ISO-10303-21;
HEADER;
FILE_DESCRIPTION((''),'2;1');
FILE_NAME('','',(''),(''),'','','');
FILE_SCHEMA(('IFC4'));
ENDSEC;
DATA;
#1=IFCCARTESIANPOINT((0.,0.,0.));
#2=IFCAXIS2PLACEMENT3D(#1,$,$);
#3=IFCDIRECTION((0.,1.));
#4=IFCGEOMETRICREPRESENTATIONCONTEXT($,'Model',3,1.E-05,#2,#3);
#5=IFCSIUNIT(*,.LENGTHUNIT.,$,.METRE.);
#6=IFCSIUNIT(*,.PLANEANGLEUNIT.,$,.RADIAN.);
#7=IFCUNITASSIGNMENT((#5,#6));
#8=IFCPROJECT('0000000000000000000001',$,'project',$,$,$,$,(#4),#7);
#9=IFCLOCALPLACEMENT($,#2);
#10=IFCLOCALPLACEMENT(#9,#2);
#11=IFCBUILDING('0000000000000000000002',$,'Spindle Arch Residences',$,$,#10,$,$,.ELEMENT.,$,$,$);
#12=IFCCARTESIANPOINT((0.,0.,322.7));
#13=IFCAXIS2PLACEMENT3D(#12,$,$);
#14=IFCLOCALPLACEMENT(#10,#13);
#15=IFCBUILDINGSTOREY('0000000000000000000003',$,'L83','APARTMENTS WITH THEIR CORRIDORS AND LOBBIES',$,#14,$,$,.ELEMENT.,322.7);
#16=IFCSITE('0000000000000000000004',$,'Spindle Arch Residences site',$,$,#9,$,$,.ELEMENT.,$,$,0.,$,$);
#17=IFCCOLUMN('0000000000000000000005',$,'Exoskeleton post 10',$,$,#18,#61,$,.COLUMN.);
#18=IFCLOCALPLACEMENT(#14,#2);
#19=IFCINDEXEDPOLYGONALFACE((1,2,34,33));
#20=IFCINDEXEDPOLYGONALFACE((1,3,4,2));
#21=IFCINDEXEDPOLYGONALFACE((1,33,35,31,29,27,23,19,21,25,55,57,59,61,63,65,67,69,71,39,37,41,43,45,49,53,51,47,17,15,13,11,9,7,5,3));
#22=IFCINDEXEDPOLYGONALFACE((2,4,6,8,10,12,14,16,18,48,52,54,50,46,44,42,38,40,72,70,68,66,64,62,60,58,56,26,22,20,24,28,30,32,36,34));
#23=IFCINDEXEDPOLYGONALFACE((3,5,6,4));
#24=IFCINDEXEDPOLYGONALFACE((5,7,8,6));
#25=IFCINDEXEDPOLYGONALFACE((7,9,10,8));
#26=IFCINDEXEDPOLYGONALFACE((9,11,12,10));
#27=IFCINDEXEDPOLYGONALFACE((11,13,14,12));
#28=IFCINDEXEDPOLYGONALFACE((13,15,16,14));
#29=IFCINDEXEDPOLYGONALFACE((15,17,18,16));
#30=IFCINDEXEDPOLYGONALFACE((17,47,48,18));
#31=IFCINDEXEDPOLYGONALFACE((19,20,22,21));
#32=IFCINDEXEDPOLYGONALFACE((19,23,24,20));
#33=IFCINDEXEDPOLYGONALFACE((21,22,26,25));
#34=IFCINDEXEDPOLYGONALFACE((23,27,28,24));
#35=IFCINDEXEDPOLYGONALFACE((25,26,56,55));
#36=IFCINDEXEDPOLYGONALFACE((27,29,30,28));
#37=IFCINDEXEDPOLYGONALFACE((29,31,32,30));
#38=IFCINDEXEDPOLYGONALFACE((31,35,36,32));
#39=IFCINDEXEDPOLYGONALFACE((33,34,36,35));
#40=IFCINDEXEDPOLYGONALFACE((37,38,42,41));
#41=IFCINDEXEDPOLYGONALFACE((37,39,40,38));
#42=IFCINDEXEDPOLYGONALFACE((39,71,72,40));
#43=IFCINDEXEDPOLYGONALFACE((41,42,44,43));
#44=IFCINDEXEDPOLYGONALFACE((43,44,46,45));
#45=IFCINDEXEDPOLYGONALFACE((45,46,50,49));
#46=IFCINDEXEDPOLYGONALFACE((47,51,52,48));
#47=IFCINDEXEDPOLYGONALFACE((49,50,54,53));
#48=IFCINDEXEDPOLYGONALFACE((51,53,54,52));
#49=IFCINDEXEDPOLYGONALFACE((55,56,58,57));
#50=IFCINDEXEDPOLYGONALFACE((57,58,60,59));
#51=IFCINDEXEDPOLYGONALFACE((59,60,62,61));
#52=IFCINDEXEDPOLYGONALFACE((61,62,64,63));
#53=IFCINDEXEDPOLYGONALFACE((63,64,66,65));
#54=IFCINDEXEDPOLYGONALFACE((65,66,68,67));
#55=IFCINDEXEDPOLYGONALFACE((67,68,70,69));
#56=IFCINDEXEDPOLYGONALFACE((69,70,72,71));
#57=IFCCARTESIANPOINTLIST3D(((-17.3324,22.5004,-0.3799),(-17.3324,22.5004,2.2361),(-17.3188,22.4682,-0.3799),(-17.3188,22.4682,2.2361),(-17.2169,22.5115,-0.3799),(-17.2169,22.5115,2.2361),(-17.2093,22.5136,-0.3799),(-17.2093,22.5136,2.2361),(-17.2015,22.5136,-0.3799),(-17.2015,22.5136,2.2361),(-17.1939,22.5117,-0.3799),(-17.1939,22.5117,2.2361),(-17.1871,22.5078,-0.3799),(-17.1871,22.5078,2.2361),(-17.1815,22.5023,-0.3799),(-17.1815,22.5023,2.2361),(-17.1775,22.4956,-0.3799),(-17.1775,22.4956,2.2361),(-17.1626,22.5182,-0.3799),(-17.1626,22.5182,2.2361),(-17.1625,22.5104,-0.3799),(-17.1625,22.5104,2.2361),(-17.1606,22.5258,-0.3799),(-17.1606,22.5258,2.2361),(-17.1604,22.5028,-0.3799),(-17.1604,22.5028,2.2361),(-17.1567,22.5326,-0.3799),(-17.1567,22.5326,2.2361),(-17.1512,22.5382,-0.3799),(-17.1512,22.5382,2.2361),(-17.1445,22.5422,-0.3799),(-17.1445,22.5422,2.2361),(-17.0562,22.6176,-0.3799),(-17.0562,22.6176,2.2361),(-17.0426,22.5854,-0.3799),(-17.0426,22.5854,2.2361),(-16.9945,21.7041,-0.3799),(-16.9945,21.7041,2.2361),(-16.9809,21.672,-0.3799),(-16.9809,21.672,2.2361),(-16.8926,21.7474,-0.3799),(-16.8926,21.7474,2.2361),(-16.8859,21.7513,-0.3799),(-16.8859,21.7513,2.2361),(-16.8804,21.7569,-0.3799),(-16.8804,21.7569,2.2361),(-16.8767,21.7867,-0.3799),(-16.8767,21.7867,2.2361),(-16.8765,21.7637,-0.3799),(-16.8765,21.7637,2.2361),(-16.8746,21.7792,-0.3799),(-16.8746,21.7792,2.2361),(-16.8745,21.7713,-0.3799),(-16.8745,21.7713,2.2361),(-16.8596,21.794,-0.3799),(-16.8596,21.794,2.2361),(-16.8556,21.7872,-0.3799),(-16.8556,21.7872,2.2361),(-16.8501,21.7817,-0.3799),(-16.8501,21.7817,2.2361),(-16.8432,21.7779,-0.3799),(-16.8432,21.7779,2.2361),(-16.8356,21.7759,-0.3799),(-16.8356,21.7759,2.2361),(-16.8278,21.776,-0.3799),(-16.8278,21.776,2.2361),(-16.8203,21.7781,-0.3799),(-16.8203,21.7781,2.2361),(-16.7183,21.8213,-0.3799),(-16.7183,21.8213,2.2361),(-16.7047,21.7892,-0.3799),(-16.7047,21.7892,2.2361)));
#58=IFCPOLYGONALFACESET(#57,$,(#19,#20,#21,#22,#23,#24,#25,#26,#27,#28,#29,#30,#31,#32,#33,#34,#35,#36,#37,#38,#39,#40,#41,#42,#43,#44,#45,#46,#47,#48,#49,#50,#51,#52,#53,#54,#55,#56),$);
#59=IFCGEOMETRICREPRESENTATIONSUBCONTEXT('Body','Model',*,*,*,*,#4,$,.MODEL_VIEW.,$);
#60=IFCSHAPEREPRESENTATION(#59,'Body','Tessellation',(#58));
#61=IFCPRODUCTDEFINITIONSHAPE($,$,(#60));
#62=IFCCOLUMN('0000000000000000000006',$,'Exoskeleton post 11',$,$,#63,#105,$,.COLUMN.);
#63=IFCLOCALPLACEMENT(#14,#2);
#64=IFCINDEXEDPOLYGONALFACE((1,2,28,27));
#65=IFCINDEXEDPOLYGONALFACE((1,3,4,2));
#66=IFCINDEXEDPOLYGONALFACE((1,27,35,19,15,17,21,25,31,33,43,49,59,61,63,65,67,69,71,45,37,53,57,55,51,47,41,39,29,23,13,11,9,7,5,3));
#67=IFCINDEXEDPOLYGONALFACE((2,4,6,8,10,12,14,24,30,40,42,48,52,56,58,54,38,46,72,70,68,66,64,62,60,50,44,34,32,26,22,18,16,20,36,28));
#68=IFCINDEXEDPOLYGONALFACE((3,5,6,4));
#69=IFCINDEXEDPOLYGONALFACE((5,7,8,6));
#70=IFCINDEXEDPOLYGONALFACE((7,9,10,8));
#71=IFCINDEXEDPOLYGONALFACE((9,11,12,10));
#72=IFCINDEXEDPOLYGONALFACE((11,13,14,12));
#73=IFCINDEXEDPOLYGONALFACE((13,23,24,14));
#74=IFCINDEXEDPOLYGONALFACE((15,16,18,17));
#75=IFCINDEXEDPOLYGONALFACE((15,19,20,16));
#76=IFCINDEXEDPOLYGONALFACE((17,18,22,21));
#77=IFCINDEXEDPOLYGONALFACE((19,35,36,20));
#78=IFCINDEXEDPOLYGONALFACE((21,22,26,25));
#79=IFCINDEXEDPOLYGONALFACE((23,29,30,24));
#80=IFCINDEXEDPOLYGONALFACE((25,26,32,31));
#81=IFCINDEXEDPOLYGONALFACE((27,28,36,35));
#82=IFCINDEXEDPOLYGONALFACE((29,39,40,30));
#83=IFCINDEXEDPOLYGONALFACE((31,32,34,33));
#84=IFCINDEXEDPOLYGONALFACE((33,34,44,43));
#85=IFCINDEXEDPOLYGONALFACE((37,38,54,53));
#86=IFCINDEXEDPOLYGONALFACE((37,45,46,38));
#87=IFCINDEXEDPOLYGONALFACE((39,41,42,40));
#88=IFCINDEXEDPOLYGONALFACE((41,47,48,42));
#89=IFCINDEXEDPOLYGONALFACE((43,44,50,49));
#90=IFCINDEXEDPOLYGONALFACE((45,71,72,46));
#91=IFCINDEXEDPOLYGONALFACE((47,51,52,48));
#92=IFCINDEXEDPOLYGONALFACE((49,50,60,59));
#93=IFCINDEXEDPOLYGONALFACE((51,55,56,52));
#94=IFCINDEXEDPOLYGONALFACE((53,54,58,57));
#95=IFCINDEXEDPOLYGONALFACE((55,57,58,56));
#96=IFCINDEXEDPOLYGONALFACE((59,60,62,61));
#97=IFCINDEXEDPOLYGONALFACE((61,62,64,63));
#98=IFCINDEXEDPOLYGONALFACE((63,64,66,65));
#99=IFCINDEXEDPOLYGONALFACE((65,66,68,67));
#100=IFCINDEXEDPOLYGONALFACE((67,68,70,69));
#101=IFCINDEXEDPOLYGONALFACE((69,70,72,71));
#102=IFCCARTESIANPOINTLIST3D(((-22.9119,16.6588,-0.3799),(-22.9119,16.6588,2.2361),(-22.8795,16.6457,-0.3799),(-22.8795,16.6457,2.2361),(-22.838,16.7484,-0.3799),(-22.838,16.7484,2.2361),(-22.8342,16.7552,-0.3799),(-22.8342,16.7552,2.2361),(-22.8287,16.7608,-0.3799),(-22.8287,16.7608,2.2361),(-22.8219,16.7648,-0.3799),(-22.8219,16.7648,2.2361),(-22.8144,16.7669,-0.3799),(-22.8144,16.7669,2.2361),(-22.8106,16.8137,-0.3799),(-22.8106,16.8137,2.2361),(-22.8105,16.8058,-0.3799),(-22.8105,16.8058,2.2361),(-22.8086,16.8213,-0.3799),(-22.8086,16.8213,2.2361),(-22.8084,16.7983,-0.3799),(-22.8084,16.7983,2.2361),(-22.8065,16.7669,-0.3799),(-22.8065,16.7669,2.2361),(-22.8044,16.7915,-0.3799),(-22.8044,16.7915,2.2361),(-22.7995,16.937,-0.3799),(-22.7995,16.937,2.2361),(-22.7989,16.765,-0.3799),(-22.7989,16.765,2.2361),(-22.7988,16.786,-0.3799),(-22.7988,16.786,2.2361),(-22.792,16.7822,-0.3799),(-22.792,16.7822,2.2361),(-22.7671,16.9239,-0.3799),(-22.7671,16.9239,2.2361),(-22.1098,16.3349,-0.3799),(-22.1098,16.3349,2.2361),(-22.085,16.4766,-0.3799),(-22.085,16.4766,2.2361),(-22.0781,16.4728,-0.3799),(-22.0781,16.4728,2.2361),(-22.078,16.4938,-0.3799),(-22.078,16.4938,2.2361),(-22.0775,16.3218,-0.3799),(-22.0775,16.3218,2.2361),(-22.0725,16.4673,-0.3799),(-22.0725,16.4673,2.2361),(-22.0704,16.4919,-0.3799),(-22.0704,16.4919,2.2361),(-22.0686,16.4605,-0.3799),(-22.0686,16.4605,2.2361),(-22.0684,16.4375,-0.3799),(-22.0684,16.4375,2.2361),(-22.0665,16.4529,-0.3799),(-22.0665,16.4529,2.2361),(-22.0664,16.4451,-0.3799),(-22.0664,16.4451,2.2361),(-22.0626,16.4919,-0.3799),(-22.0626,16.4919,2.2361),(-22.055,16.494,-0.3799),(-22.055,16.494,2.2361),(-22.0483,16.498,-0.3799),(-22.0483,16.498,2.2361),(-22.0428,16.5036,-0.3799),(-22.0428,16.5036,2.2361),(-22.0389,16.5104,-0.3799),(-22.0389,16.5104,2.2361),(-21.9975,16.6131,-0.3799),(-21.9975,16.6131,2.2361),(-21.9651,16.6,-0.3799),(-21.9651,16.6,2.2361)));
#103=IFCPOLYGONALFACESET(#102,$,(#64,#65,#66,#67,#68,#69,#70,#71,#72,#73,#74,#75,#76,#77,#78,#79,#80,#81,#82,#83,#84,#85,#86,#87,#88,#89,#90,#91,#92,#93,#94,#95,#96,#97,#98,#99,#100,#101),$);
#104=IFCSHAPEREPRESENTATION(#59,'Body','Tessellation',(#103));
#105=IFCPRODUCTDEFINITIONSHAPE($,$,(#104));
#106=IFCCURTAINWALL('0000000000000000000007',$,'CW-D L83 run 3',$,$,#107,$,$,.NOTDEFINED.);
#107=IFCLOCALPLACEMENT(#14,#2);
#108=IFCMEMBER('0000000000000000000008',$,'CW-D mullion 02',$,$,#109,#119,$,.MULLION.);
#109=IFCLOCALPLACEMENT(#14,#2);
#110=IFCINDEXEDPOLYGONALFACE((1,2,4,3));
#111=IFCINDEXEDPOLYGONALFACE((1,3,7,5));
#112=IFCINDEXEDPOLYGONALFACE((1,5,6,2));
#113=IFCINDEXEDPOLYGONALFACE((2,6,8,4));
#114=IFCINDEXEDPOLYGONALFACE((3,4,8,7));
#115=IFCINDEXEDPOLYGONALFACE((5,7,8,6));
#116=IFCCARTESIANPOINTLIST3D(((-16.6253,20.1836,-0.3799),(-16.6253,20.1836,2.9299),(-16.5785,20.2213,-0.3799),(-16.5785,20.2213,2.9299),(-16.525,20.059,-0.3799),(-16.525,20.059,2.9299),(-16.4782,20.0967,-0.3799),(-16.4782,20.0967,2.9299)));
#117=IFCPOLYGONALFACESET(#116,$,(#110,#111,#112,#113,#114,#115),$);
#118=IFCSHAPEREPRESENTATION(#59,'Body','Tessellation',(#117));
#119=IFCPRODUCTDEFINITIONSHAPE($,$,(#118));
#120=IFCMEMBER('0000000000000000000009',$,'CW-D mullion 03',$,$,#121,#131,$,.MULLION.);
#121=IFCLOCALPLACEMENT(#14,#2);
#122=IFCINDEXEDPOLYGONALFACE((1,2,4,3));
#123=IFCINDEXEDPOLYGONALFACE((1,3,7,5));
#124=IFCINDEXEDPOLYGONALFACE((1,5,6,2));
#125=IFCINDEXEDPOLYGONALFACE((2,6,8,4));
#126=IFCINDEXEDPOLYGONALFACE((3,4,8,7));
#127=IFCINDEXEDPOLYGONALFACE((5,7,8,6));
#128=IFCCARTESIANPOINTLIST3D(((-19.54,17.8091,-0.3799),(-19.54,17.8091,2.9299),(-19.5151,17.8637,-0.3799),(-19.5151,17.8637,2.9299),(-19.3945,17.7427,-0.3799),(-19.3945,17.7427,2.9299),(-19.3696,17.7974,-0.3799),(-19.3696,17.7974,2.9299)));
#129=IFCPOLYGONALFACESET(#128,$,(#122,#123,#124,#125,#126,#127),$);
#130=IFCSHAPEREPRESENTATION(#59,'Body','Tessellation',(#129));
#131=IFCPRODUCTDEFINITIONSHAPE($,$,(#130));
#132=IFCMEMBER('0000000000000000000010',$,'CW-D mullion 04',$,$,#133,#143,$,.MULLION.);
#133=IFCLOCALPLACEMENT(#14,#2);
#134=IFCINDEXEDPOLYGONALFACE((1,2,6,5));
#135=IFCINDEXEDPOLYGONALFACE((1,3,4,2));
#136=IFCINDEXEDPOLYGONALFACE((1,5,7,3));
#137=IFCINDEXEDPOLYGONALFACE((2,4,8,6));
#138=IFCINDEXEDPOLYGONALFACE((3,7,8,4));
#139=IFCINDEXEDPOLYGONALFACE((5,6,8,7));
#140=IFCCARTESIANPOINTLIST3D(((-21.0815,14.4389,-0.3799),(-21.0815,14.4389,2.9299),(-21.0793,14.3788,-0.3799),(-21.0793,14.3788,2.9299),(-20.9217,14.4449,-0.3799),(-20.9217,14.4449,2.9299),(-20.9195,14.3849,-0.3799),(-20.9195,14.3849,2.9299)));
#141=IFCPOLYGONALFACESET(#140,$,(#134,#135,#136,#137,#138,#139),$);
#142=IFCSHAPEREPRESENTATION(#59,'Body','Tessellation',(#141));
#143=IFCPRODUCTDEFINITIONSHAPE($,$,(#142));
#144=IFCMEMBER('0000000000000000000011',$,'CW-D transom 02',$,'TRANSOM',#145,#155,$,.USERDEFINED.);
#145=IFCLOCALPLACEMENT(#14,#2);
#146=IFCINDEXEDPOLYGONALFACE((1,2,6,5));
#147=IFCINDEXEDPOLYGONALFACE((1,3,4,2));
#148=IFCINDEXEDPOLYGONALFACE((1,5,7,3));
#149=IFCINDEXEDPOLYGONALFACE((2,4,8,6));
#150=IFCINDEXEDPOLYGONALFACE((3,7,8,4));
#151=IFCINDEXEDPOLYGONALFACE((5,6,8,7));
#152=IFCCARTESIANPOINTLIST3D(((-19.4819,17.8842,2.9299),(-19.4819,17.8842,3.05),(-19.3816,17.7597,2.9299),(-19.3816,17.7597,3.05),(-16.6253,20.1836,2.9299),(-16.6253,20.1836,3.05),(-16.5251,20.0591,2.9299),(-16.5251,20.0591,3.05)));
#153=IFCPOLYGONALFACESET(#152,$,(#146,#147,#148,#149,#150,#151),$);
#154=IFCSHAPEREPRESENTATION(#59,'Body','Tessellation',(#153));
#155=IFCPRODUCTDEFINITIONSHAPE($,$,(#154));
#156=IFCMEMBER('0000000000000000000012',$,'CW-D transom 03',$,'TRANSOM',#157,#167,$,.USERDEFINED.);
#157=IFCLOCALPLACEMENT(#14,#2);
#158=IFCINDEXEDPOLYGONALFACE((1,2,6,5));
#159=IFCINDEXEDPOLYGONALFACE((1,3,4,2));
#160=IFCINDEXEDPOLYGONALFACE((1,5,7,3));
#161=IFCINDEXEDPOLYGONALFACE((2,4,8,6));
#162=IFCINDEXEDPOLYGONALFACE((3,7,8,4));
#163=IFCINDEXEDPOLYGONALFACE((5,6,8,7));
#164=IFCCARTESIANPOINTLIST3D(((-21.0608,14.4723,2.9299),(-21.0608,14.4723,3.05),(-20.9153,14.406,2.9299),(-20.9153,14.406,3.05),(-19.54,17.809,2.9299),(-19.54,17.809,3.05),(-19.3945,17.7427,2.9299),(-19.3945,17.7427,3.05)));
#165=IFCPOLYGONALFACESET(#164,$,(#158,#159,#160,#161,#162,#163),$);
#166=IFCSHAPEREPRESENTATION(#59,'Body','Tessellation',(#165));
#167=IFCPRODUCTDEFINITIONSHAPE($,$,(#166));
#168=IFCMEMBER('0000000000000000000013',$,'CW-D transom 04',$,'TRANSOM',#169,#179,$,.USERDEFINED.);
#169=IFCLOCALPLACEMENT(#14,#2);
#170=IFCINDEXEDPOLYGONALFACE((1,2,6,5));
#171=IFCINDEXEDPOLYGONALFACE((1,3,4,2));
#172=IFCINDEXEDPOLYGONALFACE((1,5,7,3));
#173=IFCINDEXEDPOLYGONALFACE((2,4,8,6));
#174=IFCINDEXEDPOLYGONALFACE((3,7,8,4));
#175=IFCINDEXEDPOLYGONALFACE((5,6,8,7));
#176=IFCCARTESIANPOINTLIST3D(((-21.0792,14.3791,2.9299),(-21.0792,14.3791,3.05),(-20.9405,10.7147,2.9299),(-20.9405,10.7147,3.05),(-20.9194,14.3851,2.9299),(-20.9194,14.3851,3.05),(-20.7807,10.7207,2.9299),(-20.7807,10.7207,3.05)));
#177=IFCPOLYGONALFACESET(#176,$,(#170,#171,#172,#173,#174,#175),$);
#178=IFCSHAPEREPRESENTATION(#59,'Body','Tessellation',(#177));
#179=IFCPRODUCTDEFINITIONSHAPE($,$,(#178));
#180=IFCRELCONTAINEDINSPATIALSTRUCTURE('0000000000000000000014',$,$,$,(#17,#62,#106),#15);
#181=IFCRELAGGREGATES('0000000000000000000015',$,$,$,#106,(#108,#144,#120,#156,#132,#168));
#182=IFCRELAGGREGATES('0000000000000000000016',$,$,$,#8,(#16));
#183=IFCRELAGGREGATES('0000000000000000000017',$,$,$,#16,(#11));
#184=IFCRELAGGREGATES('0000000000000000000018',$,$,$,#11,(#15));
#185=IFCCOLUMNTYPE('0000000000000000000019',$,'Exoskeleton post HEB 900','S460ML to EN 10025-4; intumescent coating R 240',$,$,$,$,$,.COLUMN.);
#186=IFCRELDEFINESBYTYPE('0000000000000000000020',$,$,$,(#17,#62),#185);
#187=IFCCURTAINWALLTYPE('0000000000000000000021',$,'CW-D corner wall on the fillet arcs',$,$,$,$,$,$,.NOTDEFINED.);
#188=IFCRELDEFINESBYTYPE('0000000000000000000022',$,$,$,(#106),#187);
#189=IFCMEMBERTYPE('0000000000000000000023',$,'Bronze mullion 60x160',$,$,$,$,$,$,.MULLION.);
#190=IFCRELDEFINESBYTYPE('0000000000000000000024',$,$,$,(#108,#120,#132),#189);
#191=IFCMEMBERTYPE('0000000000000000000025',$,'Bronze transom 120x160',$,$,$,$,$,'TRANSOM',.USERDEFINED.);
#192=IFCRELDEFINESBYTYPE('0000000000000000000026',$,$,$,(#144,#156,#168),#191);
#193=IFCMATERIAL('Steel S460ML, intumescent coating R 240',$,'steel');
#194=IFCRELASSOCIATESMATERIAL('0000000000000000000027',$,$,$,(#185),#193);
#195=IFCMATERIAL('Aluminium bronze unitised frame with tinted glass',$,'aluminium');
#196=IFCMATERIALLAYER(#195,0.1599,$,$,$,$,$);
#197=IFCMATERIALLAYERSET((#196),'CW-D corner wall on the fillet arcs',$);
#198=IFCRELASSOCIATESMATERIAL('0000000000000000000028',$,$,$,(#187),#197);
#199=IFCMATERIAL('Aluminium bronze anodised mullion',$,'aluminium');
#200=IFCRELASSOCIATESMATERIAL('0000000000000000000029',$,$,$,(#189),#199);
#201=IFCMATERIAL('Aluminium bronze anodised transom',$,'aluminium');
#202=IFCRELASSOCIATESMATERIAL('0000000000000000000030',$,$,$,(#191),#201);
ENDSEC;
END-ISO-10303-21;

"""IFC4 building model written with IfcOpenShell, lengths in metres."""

from ifc_helpers import new_model, si_unit, direction, frame, origin, origin_2d, place, context, subcontext, project, spatial, rectangle, i_section, extrude, material, layer, layer_set, material_profile, profile_set, type_object, element, aggregate, save


model = new_model("IFC4")

# Units and contexts
model_context = context("Model", 3, precision=1e-05, world=origin(), true_north=direction((0.0, 1.0)))
body_context = subcontext(model_context, "Body", "Model", "MODEL_VIEW")
ifc_project = project(units=[si_unit("LENGTHUNIT", "METRE"), si_unit("PLANEANGLEUNIT", "RADIAN")], contexts=[model_context])

# Site, building, storey
site_placement = place(None, origin())
site = spatial("IfcSite", under=ifc_project, at=site_placement, Name="Spindle Arch Residences site", CompositionType="ELEMENT", RefElevation=0.0)
building_placement = place(site_placement, origin())
building = spatial("IfcBuilding", under=site, at=building_placement, Name="Spindle Arch Residences", CompositionType="ELEMENT")
storey_placement = place(building_placement, frame((0.0, 0.0, 322.7)))
storey = spatial("IfcBuildingStorey", under=building, at=storey_placement, Name="L83", Description="APARTMENTS WITH THEIR CORRIDORS AND LOBBIES", CompositionType="ELEMENT", Elevation=322.7)

# Columns
ifc_material_1 = material(Name="Steel S460ML, intumescent coating R 240", Category="steel")
ifc_material_profile_1 = material_profile(ifc_material_1, i_section(OverallWidth=0.3, OverallDepth=0.8999, WebThickness=0.0186, FlangeThickness=0.0349, FilletRadius=0.03, at=origin_2d()), Name="HEB 900")
ifc_profile_set_1 = profile_set([ifc_material_profile_1], Name="Steel S460ML, intumescent coating R 240")
column_type = type_object("IfcColumnType", Name="Exoskeleton post HEB 900", Description="S460ML to EN 10025-4; intumescent coating R 240", PredefinedType="COLUMN", material=ifc_profile_set_1)
for number, where, z_axis, x_axis, name in (
    (1, (-17.0186, 22.1448, -0.3799), (0.0, 0.0, 1.0), (0.920554, 0.390614, 0.0), "Exoskeleton post 10"),
    (2, (-22.4385, 16.6294, -0.3799), (0.0, 0.0, 1.0), (0.374489, 0.927231, 0.0), "Exoskeleton post 11"),
):
    element("IfcColumn", number, at=place(storey_placement, frame(where, z_axis=z_axis, x_axis=x_axis)), inside=storey, type_object=column_type, Name=name, PredefinedType="COLUMN", context=body_context, shape_type="SweptSolid", body=[
        extrude(i_section(OverallWidth=0.3, OverallDepth=0.8999, WebThickness=0.0186, FlangeThickness=0.0349, FilletRadius=0.03, at=origin_2d()), origin(), (0.0, 0.0, 1.0), 2.616),
    ])

# Curtain wall, members
ifc_material_2 = material(Name="Aluminium bronze unitised frame with tinted glass", Category="aluminium")
ifc_layer_1 = layer(ifc_material_2, 0.1599)
ifc_layer_set_1 = layer_set([ifc_layer_1], Name="CW-D corner wall on the fillet arcs")
curtain_wall_type = type_object("IfcCurtainWallType", Name="CW-D corner wall on the fillet arcs", PredefinedType="NOTDEFINED", material=ifc_layer_set_1)
curtain_wall_placement = place(storey_placement, origin())
curtain_wall = element("IfcCurtainWall", 3, at=curtain_wall_placement, inside=storey, type_object=curtain_wall_type, Name="CW-D L83 run 3", PredefinedType="NOTDEFINED")
ifc_material_3 = material(Name="Aluminium bronze anodised mullion", Category="aluminium")
ifc_material_profile_2 = material_profile(ifc_material_3, rectangle(XDim=0.1599, YDim=0.0601, at=origin_2d()), Name="MU 60x160")
ifc_profile_set_2 = profile_set([ifc_material_profile_2], Name="Aluminium bronze anodised mullion")
member_type_1 = type_object("IfcMemberType", Name="Bronze mullion 60x160", PredefinedType="MULLION", material=ifc_profile_set_2)
member_1_placement = place(storey_placement, frame((-16.5518, 20.1401, -0.3799), z_axis=(0.0, 0.0, 1.0), x_axis=(0.627057, -0.778973, 0.0)))
member_1 = element("IfcMember", 4, at=member_1_placement, type_object=member_type_1, Name="CW-D mullion 02", PredefinedType="MULLION", context=body_context, shape_type="SweptSolid", body=[
    extrude(rectangle(XDim=0.1599, YDim=0.0601, at=origin_2d()), origin(), (0.0, 0.0, 1.0), 3.3098),
])
member_2_placement = place(storey_placement, frame((-19.4548, 17.8032, -0.3799), z_axis=(0.0, 0.0, 1.0), x_axis=(0.909961, -0.414693, 0.0)))
member_2 = element("IfcMember", 5, at=member_2_placement, type_object=member_type_1, Name="CW-D mullion 03", PredefinedType="MULLION", context=body_context, shape_type="SweptSolid", body=[
    extrude(rectangle(XDim=0.1599, YDim=0.0601, at=origin_2d()), origin(), (0.0, 0.0, 1.0), 3.3098),
])
member_3_placement = place(storey_placement, frame((-21.0005, 14.4119, -0.3799), z_axis=(0.0, 0.0, 1.0), x_axis=(0.999285, 0.037806, 0.0)))
member_3 = element("IfcMember", 6, at=member_3_placement, type_object=member_type_1, Name="CW-D mullion 04", PredefinedType="MULLION", context=body_context, shape_type="SweptSolid", body=[
    extrude(rectangle(XDim=0.1599, YDim=0.0601, at=origin_2d()), origin(), (0.0, 0.0, 1.0), 3.3098),
])
ifc_material_4 = material(Name="Aluminium bronze anodised transom", Category="aluminium")
ifc_material_profile_3 = material_profile(ifc_material_4, rectangle(XDim=0.1599, YDim=0.1201, at=origin_2d()), Name="TR 120x160")
ifc_profile_set_3 = profile_set([ifc_material_profile_3], Name="Aluminium bronze anodised transom")
member_type_2 = type_object("IfcMemberType", Name="Bronze transom 120x160", ElementType="TRANSOM", PredefinedType="USERDEFINED", material=ifc_profile_set_3)
member_4_placement = place(storey_placement, frame((-16.5752, 20.1213, 2.99), z_axis=(-0.778982, -0.627047, 0.0), x_axis=(0.627047, -0.778982, 0.0)))
member_4 = element("IfcMember", 7, at=member_4_placement, type_object=member_type_2, Name="CW-D transom 02", ObjectType="TRANSOM", PredefinedType="USERDEFINED", context=body_context, shape_type="SweptSolid", body=[
    extrude(rectangle(XDim=0.1599, YDim=0.1201, at=origin_2d()), origin(), (0.0, 0.0, 1.0), 3.667),
])
member_5_placement = place(storey_placement, frame((-19.4673, 17.7759, 2.99), z_axis=(-0.414726, -0.909946, 0.0), x_axis=(0.909946, -0.414726, 0.0)))
member_5 = element("IfcMember", 8, at=member_5_placement, type_object=member_type_2, Name="CW-D transom 03", ObjectType="TRANSOM", PredefinedType="USERDEFINED", context=body_context, shape_type="SweptSolid", body=[
    extrude(rectangle(XDim=0.1599, YDim=0.1201, at=origin_2d()), origin(), (0.0, 0.0, 1.0), 3.667),
])
member_6_placement = place(storey_placement, frame((-20.9993, 14.3821, 2.99), z_axis=(0.037817, -0.999285, 0.0), x_axis=(0.999285, 0.037817, 0.0)))
member_6 = element("IfcMember", 9, at=member_6_placement, type_object=member_type_2, Name="CW-D transom 04", ObjectType="TRANSOM", PredefinedType="USERDEFINED", context=body_context, shape_type="SweptSolid", body=[
    extrude(rectangle(XDim=0.1599, YDim=0.1201, at=origin_2d()), origin(), (0.0, 0.0, 1.0), 3.667),
])

aggregate(curtain_wall, [member_1, member_4, member_2, member_5, member_3, member_6])

save(model, "model.ifc")
